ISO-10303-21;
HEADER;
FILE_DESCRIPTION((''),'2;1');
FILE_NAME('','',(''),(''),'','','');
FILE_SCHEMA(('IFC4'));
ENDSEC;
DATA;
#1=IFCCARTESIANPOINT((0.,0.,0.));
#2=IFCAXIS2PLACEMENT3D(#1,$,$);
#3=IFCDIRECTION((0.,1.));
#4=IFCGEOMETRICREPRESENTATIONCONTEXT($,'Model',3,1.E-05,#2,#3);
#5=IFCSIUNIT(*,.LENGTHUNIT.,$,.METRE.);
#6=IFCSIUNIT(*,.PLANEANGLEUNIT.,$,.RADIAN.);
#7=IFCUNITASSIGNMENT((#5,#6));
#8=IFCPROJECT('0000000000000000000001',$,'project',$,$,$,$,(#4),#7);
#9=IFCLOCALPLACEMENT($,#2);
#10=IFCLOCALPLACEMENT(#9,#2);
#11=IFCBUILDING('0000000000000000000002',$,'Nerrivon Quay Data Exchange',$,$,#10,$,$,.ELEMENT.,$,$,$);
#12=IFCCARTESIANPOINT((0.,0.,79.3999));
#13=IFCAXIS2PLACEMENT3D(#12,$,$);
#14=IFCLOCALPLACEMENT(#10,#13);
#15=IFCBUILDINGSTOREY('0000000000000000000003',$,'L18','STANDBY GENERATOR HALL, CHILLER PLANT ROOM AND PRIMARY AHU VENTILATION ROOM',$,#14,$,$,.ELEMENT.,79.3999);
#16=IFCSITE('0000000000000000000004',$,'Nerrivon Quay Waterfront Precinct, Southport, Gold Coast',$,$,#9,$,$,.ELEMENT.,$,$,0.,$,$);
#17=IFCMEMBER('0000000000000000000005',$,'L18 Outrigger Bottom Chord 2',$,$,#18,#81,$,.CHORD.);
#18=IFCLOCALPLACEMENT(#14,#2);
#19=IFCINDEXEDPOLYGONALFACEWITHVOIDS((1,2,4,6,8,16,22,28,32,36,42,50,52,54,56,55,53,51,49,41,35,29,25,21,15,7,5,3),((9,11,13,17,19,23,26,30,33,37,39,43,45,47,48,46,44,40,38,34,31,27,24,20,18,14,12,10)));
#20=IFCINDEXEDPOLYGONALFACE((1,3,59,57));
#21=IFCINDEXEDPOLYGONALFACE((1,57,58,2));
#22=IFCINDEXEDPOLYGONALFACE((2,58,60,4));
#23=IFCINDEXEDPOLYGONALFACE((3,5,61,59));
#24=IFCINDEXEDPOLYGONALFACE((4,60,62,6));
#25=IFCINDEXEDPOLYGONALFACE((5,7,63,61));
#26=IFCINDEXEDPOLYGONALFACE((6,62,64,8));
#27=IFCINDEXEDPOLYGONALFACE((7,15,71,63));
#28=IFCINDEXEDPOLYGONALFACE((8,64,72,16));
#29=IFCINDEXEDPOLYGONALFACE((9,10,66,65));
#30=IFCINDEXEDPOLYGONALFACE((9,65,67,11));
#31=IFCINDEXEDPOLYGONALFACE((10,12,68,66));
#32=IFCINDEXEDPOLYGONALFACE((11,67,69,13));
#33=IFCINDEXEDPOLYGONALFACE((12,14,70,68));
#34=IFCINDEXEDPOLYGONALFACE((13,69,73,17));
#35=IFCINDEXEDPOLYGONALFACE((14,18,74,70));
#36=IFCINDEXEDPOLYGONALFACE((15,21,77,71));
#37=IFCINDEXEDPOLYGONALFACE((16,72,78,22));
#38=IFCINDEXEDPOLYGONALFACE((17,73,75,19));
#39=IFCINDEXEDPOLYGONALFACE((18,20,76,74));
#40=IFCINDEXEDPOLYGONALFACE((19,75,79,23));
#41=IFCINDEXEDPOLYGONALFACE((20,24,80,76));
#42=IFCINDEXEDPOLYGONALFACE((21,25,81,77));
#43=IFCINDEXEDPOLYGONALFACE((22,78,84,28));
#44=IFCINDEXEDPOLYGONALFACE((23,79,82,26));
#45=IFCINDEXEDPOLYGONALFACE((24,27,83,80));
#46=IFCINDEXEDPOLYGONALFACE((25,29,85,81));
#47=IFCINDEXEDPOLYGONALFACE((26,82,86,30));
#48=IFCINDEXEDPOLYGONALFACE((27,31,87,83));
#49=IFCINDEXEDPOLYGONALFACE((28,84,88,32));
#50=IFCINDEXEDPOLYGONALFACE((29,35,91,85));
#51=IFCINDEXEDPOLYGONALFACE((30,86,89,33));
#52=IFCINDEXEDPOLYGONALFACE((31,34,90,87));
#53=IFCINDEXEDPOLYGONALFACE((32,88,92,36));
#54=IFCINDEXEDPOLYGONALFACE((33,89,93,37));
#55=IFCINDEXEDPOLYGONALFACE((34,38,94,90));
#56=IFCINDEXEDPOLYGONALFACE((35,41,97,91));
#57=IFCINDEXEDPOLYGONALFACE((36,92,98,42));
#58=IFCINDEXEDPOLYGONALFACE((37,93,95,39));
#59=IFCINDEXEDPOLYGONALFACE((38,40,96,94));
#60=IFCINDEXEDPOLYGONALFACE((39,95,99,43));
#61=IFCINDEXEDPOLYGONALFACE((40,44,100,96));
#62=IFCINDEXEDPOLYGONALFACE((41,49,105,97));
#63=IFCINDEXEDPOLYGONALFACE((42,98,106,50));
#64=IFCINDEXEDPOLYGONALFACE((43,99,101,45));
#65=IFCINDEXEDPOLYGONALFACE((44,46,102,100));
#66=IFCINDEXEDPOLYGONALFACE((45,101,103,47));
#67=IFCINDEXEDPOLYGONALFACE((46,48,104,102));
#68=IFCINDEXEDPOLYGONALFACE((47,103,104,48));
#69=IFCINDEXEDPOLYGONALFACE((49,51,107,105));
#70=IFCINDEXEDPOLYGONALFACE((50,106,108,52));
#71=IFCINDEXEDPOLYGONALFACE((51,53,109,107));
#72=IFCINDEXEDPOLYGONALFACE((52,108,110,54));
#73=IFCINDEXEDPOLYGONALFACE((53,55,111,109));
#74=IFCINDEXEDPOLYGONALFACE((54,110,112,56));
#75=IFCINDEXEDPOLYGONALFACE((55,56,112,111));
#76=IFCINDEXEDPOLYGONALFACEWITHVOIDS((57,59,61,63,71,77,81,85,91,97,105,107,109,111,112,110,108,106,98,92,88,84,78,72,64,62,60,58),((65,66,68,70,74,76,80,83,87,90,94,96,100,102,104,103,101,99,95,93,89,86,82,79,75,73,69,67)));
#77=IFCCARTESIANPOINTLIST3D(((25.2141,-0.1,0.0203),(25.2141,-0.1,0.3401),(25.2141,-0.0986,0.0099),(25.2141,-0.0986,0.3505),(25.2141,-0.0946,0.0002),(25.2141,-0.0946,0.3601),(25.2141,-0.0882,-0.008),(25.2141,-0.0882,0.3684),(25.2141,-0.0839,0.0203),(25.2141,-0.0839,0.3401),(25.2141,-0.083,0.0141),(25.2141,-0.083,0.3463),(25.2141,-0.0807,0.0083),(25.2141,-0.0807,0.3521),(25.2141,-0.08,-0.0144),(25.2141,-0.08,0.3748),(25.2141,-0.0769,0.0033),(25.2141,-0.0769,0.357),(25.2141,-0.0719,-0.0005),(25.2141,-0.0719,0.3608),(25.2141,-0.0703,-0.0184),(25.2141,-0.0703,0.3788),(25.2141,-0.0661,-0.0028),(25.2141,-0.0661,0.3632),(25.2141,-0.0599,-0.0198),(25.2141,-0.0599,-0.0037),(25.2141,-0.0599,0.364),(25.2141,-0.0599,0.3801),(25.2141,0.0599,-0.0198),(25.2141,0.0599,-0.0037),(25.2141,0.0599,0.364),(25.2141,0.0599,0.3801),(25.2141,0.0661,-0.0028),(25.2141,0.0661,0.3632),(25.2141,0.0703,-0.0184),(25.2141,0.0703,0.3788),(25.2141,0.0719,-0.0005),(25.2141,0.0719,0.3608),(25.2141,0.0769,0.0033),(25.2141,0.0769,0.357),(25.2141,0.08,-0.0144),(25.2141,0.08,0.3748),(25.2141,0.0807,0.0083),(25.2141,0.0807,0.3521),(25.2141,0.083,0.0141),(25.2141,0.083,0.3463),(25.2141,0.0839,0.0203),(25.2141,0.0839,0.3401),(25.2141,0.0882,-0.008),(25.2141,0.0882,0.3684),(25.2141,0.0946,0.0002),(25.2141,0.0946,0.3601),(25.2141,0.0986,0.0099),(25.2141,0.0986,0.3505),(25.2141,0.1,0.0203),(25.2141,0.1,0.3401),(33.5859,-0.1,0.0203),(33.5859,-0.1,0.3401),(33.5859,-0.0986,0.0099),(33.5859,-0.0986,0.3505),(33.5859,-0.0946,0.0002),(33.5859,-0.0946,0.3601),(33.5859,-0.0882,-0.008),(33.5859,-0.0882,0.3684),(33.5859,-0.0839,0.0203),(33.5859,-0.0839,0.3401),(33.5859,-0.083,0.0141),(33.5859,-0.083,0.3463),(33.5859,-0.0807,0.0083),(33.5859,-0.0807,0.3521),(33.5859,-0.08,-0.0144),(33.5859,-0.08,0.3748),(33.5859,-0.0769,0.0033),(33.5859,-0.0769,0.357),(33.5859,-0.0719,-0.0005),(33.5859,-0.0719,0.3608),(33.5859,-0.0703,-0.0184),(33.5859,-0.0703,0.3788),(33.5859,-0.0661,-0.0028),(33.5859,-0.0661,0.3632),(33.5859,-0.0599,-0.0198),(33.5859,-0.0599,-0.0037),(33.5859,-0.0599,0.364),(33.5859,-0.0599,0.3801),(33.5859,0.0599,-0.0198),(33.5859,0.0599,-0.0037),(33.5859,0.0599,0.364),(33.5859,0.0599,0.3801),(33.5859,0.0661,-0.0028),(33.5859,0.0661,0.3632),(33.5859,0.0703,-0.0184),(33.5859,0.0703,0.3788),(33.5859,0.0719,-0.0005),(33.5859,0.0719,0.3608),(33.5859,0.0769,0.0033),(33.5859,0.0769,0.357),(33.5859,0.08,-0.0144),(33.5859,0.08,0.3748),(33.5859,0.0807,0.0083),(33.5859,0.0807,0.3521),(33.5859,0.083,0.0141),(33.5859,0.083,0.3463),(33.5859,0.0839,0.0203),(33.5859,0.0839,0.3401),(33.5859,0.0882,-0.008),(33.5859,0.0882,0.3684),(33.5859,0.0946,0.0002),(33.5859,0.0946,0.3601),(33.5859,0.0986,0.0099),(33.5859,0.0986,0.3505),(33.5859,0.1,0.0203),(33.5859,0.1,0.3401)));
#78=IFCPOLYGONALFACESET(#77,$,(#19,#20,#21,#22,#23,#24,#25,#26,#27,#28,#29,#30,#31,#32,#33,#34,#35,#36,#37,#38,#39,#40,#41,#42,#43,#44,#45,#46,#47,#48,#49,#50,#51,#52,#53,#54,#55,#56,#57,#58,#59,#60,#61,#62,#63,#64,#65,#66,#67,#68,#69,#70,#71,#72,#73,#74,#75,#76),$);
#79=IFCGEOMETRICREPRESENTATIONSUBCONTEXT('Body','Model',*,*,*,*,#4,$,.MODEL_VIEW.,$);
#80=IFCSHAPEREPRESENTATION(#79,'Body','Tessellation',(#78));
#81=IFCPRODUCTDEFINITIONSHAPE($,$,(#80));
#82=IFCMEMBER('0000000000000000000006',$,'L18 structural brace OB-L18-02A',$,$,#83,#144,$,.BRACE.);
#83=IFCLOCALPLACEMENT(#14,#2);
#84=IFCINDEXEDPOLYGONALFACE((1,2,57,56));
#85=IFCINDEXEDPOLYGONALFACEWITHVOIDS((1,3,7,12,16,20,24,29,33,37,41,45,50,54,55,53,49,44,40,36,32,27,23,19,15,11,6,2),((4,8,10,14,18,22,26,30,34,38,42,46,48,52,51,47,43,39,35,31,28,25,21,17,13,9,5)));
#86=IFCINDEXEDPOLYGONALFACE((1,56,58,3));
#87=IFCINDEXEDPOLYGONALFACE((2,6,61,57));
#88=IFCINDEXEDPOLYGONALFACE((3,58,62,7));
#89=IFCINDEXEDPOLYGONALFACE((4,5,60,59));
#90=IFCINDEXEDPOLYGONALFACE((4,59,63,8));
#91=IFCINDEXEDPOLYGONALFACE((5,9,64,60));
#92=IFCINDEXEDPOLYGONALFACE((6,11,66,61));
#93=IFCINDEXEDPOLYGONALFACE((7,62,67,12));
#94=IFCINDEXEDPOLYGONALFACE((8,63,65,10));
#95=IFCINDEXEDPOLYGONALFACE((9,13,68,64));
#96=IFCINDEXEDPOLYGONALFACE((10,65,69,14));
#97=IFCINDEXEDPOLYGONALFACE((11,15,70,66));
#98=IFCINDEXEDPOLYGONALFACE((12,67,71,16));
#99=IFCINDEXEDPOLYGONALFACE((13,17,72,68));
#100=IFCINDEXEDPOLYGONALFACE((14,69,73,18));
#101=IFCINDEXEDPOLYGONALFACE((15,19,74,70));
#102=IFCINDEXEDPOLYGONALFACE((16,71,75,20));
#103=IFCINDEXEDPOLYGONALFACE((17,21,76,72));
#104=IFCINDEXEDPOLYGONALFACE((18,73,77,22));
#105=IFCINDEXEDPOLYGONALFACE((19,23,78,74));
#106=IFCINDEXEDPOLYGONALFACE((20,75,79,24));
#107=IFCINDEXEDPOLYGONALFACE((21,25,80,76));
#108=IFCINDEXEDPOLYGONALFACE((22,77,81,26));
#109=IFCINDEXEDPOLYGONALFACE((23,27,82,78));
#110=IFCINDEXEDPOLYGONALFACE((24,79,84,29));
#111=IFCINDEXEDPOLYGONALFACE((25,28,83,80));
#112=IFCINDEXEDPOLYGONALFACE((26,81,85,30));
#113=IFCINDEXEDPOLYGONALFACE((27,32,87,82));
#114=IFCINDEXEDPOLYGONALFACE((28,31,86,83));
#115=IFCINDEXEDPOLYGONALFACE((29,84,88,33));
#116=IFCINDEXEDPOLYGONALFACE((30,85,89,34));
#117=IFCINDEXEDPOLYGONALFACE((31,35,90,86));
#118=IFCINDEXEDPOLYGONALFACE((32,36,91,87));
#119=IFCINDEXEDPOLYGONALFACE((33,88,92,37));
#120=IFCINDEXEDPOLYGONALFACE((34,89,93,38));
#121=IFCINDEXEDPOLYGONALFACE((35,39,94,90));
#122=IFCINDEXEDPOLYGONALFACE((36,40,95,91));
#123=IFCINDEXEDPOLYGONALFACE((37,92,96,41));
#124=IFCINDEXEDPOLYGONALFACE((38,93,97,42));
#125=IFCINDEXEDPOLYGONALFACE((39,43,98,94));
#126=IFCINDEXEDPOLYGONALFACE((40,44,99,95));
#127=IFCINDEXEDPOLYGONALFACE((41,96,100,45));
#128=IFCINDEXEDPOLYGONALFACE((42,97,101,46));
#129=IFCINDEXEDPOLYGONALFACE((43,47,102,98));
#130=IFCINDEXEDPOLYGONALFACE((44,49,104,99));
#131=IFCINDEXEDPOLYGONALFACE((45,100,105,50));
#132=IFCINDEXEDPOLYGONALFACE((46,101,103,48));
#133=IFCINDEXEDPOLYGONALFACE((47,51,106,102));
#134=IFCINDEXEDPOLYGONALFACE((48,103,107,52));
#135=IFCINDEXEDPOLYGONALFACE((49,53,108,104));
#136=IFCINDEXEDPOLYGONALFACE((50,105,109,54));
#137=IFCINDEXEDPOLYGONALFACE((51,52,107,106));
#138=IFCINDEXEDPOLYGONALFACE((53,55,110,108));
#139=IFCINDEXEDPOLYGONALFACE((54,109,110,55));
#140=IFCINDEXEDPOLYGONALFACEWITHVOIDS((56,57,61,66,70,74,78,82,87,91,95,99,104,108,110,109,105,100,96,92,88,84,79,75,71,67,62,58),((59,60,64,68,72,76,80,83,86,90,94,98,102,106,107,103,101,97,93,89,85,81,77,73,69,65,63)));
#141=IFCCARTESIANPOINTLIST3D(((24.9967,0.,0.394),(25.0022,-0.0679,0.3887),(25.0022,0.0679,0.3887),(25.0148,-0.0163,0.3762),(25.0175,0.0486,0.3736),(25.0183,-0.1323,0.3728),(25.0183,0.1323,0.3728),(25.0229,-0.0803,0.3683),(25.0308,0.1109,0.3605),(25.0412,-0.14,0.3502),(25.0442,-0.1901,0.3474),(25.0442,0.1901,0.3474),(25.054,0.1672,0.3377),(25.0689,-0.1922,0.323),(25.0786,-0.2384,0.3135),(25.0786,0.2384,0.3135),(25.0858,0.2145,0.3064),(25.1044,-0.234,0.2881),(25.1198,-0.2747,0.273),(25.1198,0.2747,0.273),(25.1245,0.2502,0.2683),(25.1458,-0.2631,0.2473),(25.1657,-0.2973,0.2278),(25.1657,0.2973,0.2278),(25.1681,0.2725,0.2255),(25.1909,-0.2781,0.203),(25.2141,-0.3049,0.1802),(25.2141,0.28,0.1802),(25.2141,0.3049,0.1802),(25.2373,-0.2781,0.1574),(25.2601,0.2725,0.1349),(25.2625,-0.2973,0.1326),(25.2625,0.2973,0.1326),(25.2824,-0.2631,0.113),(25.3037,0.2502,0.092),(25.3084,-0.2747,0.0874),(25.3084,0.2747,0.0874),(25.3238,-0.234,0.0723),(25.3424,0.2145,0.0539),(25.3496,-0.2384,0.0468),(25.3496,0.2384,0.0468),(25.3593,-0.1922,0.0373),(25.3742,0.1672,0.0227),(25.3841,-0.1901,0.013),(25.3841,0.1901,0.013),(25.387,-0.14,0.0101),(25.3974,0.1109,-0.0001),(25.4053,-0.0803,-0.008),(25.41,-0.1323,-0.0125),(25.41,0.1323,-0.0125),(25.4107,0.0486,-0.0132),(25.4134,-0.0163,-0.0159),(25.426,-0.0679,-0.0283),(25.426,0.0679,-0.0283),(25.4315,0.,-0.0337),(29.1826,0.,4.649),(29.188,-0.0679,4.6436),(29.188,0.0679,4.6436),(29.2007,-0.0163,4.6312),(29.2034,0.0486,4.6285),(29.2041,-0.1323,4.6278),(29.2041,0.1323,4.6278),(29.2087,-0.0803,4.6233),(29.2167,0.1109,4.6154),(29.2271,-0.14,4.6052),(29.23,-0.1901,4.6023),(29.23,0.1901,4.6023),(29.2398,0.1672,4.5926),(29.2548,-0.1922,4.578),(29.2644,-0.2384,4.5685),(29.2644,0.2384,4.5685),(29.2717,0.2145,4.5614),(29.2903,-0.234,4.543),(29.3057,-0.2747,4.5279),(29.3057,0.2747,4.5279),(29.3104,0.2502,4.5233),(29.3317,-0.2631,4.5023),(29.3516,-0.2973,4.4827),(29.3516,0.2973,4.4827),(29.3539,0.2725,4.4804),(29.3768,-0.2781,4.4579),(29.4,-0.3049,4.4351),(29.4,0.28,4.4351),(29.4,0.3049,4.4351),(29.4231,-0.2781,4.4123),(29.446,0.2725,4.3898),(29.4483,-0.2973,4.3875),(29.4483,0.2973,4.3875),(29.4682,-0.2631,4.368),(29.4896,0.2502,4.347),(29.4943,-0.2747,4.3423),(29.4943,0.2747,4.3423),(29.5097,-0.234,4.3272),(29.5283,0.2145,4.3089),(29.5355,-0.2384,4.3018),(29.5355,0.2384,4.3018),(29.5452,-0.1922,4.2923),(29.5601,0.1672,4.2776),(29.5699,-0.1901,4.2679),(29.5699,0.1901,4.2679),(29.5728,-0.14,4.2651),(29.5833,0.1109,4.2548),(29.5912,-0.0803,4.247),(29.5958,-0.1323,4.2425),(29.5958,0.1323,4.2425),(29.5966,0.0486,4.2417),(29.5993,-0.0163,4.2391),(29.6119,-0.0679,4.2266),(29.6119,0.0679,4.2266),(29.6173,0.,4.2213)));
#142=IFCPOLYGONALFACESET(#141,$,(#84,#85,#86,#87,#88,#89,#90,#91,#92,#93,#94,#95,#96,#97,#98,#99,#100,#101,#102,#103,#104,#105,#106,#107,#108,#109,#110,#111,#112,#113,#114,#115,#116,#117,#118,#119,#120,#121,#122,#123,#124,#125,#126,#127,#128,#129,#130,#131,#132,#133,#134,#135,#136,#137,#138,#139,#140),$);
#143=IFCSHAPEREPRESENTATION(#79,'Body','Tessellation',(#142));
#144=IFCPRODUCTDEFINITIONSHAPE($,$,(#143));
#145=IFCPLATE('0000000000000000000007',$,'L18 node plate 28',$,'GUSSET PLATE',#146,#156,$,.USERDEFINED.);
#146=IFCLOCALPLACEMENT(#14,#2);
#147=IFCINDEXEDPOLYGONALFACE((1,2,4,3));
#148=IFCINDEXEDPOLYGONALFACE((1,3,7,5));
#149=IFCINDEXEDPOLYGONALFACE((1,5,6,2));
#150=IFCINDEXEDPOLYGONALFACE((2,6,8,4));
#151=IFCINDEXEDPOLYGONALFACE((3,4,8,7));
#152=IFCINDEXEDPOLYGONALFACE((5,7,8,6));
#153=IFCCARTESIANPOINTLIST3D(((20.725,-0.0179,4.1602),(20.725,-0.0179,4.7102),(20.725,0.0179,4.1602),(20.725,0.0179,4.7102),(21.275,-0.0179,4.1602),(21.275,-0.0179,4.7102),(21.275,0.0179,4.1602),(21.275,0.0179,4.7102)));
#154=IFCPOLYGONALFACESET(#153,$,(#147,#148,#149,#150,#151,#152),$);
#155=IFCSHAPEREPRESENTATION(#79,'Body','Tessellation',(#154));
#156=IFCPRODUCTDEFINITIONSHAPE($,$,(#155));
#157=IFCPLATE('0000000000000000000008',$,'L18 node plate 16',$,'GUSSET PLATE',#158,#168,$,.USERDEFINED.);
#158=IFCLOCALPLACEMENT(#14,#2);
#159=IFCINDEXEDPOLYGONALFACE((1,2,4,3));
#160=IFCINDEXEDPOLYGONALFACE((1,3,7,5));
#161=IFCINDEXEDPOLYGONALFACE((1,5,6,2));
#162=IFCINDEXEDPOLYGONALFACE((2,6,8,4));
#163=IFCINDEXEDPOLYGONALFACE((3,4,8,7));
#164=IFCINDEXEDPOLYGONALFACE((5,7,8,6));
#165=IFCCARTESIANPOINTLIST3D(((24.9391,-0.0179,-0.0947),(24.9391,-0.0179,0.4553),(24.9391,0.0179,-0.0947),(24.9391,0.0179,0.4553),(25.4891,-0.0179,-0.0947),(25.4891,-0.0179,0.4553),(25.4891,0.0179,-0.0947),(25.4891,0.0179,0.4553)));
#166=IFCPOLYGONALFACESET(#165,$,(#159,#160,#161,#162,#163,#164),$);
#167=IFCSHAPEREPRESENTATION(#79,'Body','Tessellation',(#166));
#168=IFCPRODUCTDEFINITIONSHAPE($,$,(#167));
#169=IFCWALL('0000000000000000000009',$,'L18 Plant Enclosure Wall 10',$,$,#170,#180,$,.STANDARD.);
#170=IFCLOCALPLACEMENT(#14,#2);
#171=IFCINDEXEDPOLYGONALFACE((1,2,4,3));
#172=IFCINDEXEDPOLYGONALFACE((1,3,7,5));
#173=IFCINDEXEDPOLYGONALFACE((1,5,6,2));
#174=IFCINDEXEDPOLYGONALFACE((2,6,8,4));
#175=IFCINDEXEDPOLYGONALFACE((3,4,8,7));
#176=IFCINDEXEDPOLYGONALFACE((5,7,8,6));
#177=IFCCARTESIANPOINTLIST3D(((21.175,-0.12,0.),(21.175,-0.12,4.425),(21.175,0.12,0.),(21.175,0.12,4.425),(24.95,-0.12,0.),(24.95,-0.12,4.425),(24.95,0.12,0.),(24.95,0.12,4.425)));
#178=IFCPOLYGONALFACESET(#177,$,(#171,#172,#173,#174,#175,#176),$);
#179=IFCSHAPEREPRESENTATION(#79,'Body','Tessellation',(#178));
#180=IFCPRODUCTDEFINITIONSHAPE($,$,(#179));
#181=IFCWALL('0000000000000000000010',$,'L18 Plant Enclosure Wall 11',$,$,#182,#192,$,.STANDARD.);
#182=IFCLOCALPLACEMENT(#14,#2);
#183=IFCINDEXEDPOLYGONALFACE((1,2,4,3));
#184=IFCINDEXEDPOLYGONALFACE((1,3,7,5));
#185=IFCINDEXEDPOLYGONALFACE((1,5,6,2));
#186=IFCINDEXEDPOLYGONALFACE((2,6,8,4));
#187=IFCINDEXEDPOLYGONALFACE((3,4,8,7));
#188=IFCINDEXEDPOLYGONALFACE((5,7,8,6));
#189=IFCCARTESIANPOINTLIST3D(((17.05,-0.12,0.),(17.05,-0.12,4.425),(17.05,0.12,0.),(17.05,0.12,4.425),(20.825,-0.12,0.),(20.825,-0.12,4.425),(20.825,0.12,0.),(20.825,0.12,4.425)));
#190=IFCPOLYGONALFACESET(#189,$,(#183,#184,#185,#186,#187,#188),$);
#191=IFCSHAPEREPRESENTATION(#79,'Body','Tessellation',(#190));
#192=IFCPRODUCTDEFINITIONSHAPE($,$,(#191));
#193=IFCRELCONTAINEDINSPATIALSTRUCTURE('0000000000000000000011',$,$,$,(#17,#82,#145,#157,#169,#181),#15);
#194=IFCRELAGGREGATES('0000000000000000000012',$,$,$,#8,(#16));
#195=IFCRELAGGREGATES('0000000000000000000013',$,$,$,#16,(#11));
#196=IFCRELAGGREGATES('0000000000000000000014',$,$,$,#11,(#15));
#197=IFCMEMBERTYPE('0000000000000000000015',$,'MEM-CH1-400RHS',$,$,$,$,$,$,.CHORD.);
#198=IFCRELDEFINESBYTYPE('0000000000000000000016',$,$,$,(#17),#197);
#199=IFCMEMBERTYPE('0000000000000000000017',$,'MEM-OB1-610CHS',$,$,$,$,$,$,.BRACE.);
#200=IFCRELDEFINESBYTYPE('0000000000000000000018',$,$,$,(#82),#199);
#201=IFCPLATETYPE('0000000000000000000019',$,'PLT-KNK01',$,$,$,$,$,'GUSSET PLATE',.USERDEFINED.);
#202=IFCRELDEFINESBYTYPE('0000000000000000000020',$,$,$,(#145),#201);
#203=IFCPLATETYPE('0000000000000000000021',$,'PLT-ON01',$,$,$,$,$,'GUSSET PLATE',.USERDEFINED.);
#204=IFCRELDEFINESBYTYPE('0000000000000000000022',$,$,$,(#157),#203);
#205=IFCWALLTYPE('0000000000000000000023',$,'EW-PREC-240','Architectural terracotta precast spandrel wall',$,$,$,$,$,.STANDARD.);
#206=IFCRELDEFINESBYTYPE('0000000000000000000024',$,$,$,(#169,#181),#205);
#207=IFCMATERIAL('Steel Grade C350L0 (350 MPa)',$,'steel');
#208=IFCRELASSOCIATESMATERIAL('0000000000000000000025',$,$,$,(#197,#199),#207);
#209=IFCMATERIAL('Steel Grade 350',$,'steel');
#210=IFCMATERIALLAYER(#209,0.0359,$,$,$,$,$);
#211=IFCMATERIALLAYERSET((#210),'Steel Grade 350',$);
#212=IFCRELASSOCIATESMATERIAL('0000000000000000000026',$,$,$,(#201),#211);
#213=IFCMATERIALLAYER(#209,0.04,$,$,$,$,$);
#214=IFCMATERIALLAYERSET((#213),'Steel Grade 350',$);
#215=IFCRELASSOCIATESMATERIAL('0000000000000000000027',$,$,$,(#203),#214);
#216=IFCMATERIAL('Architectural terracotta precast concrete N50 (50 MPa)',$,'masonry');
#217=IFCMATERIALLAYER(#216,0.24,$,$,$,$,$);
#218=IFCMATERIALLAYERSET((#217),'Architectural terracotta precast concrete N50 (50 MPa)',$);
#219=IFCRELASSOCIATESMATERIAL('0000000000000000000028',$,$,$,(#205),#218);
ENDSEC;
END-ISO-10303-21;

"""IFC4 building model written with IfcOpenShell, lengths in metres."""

from ifc_helpers import new_model, si_unit, direction, frame, frame_2d, origin, origin_2d, place, context, subcontext, project, spatial, rectangle, hollow_rectangle, hollow_circle, extrude, material, layer, layer_set, material_profile, profile_set, type_object, element, save


model = new_model("IFC4")

# Units and contexts
model_context = context("Model", 3, precision=1e-05, world=origin(), true_north=direction((0.0, 1.0)))
body_context = subcontext(model_context, "Body", "Model", "MODEL_VIEW")
ifc_project = project(units=[si_unit("LENGTHUNIT", "METRE"), si_unit("PLANEANGLEUNIT", "RADIAN")], contexts=[model_context])

# Site, building, storey
site_placement = place(None, origin())
site = spatial("IfcSite", under=ifc_project, at=site_placement, Name="Nerrivon Quay Waterfront Precinct, Southport, Gold Coast", CompositionType="ELEMENT", RefElevation=0.0)
building_placement = place(site_placement, origin())
building = spatial("IfcBuilding", under=site, at=building_placement, Name="Nerrivon Quay Data Exchange", CompositionType="ELEMENT")
storey_placement = place(building_placement, frame((0.0, 0.0, 79.3999)))
storey = spatial("IfcBuildingStorey", under=building, at=storey_placement, Name="L18", Description="STANDBY GENERATOR HALL, CHILLER PLANT ROOM AND PRIMARY AHU VENTILATION ROOM", CompositionType="ELEMENT", Elevation=79.3999)

# Shared definitions
ifc_material_1 = material(Name="Steel Grade 350", Category="steel")

# Shared definitions
ifc_material_2 = material(Name="Steel Grade C350L0 (350 MPa)", Category="steel")

# Members
ifc_material_profile_1 = material_profile(ifc_material_2, hollow_rectangle(XDim=0.2, YDim=0.3999, WallThickness=0.0161, InnerFilletRadius=0.0239, OuterFilletRadius=0.04, at=origin_2d()), Name="400x200x16.0RHS")
ifc_profile_set_1 = profile_set([ifc_material_profile_1], Name="Steel Grade C350L0 (350 MPa)")
member_type_1 = type_object("IfcMemberType", Name="MEM-CH1-400RHS", PredefinedType="CHORD", material=ifc_profile_set_1)
member_1_placement = place(storey_placement, frame((25.2141, 0.0, 0.1802), z_axis=(1.0, 0.0, 0.0), x_axis=(0.0, 1.0, 0.0)))
element("IfcMember", 1, at=member_1_placement, inside=storey, type_object=member_type_1, Name="L18 Outrigger Bottom Chord 2", PredefinedType="CHORD", context=body_context, shape_type="SweptSolid", body=[
    extrude(hollow_rectangle(XDim=0.2, YDim=0.3999, WallThickness=0.0161, InnerFilletRadius=0.0239, OuterFilletRadius=0.04, at=origin_2d()), origin(), (0.0, 0.0, 1.0), 8.3718),
])
ifc_material_profile_2 = material_profile(ifc_material_2, hollow_circle(Radius=0.3049, WallThickness=0.0249, at=origin_2d()), Name="610.0x25.0CHS")
ifc_profile_set_2 = profile_set([ifc_material_profile_2], Name="Steel Grade C350L0 (350 MPa)")
member_type_2 = type_object("IfcMemberType", Name="MEM-OB1-610CHS", PredefinedType="BRACE", material=ifc_profile_set_2)
member_2_placement = place(storey_placement, frame((25.2141, 0.0, 0.1802), z_axis=(0.701295, 0.0, 0.712871), x_axis=(0.0, 1.0, 0.0)))
element("IfcMember", 2, at=member_2_placement, inside=storey, type_object=member_type_2, Name="L18 structural brace OB-L18-02A", PredefinedType="BRACE", context=body_context, shape_type="SweptSolid", body=[
    extrude(hollow_circle(Radius=0.3049, WallThickness=0.0249, at=origin_2d()), origin(), (0.0, 0.0, 1.0), 5.9688),
])

# Plates
ifc_layer_1 = layer(ifc_material_1, 0.0359)
ifc_layer_set_1 = layer_set([ifc_layer_1], Name="Steel Grade 350")
plate_type_1 = type_object("IfcPlateType", Name="PLT-KNK01", ElementType="GUSSET PLATE", PredefinedType="USERDEFINED", material=ifc_layer_set_1)
plate_1_placement = place(storey_placement, frame((21.0, 0.0, 4.1602), z_axis=(0.0, 0.0, 1.0), x_axis=(1.0, 0.0, 0.0)))
element("IfcPlate", 3, at=plate_1_placement, inside=storey, type_object=plate_type_1, Name="L18 node plate 28", ObjectType="GUSSET PLATE", PredefinedType="USERDEFINED", context=body_context, shape_type="SweptSolid", body=[
    extrude(rectangle(XDim=0.55, YDim=0.0359, at=origin_2d()), origin(), (0.0, 0.0, 1.0), 0.55),
])
ifc_layer_2 = layer(ifc_material_1, 0.04)
ifc_layer_set_2 = layer_set([ifc_layer_2], Name="Steel Grade 350")
plate_type_2 = type_object("IfcPlateType", Name="PLT-ON01", ElementType="GUSSET PLATE", PredefinedType="USERDEFINED", material=ifc_layer_set_2)
plate_2_placement = place(storey_placement, frame((25.2141, 0.0, -0.0947), z_axis=(0.0, 0.0, 1.0), x_axis=(1.0, 0.0, 0.0)))
element("IfcPlate", 4, at=plate_2_placement, inside=storey, type_object=plate_type_2, Name="L18 node plate 16", ObjectType="GUSSET PLATE", PredefinedType="USERDEFINED", context=body_context, shape_type="SweptSolid", body=[
    extrude(rectangle(XDim=0.55, YDim=0.0359, at=origin_2d()), origin(), (0.0, 0.0, 1.0), 0.55),
])

# Walls
ifc_material_3 = material(Name="Architectural terracotta precast concrete N50 (50 MPa)", Category="masonry")
ifc_layer_3 = layer(ifc_material_3, 0.24)
ifc_layer_set_3 = layer_set([ifc_layer_3], Name="Architectural terracotta precast concrete N50 (50 MPa)")
wall_type_1 = type_object("IfcWallType", Name="EW-PREC-240", Description="Architectural terracotta precast spandrel wall", PredefinedType="STANDARD", material=ifc_layer_set_3)
for number, where, z_axis, x_axis, name in (
    (5, (24.95, 0.0, 0.0), (0.0, 0.0, 1.0), (-1.0, 0.0, 0.0), "L18 Plant Enclosure Wall 10"),
    (6, (20.825, 0.0, 0.0), (0.0, 0.0, 1.0), (-1.0, 0.0, 0.0), "L18 Plant Enclosure Wall 11"),
):
    element("IfcWall", number, at=place(storey_placement, frame(where, z_axis=z_axis, x_axis=x_axis)), inside=storey, type_object=wall_type_1, Name=name, PredefinedType="STANDARD", context=body_context, shape_type="SweptSolid", body=[
        extrude(rectangle(XDim=3.7749, YDim=0.24, at=frame_2d((1.8875, 0.0))), origin(), (0.0, 0.0, 1.0), 4.425),
    ])

save(model, "model.ifc")
